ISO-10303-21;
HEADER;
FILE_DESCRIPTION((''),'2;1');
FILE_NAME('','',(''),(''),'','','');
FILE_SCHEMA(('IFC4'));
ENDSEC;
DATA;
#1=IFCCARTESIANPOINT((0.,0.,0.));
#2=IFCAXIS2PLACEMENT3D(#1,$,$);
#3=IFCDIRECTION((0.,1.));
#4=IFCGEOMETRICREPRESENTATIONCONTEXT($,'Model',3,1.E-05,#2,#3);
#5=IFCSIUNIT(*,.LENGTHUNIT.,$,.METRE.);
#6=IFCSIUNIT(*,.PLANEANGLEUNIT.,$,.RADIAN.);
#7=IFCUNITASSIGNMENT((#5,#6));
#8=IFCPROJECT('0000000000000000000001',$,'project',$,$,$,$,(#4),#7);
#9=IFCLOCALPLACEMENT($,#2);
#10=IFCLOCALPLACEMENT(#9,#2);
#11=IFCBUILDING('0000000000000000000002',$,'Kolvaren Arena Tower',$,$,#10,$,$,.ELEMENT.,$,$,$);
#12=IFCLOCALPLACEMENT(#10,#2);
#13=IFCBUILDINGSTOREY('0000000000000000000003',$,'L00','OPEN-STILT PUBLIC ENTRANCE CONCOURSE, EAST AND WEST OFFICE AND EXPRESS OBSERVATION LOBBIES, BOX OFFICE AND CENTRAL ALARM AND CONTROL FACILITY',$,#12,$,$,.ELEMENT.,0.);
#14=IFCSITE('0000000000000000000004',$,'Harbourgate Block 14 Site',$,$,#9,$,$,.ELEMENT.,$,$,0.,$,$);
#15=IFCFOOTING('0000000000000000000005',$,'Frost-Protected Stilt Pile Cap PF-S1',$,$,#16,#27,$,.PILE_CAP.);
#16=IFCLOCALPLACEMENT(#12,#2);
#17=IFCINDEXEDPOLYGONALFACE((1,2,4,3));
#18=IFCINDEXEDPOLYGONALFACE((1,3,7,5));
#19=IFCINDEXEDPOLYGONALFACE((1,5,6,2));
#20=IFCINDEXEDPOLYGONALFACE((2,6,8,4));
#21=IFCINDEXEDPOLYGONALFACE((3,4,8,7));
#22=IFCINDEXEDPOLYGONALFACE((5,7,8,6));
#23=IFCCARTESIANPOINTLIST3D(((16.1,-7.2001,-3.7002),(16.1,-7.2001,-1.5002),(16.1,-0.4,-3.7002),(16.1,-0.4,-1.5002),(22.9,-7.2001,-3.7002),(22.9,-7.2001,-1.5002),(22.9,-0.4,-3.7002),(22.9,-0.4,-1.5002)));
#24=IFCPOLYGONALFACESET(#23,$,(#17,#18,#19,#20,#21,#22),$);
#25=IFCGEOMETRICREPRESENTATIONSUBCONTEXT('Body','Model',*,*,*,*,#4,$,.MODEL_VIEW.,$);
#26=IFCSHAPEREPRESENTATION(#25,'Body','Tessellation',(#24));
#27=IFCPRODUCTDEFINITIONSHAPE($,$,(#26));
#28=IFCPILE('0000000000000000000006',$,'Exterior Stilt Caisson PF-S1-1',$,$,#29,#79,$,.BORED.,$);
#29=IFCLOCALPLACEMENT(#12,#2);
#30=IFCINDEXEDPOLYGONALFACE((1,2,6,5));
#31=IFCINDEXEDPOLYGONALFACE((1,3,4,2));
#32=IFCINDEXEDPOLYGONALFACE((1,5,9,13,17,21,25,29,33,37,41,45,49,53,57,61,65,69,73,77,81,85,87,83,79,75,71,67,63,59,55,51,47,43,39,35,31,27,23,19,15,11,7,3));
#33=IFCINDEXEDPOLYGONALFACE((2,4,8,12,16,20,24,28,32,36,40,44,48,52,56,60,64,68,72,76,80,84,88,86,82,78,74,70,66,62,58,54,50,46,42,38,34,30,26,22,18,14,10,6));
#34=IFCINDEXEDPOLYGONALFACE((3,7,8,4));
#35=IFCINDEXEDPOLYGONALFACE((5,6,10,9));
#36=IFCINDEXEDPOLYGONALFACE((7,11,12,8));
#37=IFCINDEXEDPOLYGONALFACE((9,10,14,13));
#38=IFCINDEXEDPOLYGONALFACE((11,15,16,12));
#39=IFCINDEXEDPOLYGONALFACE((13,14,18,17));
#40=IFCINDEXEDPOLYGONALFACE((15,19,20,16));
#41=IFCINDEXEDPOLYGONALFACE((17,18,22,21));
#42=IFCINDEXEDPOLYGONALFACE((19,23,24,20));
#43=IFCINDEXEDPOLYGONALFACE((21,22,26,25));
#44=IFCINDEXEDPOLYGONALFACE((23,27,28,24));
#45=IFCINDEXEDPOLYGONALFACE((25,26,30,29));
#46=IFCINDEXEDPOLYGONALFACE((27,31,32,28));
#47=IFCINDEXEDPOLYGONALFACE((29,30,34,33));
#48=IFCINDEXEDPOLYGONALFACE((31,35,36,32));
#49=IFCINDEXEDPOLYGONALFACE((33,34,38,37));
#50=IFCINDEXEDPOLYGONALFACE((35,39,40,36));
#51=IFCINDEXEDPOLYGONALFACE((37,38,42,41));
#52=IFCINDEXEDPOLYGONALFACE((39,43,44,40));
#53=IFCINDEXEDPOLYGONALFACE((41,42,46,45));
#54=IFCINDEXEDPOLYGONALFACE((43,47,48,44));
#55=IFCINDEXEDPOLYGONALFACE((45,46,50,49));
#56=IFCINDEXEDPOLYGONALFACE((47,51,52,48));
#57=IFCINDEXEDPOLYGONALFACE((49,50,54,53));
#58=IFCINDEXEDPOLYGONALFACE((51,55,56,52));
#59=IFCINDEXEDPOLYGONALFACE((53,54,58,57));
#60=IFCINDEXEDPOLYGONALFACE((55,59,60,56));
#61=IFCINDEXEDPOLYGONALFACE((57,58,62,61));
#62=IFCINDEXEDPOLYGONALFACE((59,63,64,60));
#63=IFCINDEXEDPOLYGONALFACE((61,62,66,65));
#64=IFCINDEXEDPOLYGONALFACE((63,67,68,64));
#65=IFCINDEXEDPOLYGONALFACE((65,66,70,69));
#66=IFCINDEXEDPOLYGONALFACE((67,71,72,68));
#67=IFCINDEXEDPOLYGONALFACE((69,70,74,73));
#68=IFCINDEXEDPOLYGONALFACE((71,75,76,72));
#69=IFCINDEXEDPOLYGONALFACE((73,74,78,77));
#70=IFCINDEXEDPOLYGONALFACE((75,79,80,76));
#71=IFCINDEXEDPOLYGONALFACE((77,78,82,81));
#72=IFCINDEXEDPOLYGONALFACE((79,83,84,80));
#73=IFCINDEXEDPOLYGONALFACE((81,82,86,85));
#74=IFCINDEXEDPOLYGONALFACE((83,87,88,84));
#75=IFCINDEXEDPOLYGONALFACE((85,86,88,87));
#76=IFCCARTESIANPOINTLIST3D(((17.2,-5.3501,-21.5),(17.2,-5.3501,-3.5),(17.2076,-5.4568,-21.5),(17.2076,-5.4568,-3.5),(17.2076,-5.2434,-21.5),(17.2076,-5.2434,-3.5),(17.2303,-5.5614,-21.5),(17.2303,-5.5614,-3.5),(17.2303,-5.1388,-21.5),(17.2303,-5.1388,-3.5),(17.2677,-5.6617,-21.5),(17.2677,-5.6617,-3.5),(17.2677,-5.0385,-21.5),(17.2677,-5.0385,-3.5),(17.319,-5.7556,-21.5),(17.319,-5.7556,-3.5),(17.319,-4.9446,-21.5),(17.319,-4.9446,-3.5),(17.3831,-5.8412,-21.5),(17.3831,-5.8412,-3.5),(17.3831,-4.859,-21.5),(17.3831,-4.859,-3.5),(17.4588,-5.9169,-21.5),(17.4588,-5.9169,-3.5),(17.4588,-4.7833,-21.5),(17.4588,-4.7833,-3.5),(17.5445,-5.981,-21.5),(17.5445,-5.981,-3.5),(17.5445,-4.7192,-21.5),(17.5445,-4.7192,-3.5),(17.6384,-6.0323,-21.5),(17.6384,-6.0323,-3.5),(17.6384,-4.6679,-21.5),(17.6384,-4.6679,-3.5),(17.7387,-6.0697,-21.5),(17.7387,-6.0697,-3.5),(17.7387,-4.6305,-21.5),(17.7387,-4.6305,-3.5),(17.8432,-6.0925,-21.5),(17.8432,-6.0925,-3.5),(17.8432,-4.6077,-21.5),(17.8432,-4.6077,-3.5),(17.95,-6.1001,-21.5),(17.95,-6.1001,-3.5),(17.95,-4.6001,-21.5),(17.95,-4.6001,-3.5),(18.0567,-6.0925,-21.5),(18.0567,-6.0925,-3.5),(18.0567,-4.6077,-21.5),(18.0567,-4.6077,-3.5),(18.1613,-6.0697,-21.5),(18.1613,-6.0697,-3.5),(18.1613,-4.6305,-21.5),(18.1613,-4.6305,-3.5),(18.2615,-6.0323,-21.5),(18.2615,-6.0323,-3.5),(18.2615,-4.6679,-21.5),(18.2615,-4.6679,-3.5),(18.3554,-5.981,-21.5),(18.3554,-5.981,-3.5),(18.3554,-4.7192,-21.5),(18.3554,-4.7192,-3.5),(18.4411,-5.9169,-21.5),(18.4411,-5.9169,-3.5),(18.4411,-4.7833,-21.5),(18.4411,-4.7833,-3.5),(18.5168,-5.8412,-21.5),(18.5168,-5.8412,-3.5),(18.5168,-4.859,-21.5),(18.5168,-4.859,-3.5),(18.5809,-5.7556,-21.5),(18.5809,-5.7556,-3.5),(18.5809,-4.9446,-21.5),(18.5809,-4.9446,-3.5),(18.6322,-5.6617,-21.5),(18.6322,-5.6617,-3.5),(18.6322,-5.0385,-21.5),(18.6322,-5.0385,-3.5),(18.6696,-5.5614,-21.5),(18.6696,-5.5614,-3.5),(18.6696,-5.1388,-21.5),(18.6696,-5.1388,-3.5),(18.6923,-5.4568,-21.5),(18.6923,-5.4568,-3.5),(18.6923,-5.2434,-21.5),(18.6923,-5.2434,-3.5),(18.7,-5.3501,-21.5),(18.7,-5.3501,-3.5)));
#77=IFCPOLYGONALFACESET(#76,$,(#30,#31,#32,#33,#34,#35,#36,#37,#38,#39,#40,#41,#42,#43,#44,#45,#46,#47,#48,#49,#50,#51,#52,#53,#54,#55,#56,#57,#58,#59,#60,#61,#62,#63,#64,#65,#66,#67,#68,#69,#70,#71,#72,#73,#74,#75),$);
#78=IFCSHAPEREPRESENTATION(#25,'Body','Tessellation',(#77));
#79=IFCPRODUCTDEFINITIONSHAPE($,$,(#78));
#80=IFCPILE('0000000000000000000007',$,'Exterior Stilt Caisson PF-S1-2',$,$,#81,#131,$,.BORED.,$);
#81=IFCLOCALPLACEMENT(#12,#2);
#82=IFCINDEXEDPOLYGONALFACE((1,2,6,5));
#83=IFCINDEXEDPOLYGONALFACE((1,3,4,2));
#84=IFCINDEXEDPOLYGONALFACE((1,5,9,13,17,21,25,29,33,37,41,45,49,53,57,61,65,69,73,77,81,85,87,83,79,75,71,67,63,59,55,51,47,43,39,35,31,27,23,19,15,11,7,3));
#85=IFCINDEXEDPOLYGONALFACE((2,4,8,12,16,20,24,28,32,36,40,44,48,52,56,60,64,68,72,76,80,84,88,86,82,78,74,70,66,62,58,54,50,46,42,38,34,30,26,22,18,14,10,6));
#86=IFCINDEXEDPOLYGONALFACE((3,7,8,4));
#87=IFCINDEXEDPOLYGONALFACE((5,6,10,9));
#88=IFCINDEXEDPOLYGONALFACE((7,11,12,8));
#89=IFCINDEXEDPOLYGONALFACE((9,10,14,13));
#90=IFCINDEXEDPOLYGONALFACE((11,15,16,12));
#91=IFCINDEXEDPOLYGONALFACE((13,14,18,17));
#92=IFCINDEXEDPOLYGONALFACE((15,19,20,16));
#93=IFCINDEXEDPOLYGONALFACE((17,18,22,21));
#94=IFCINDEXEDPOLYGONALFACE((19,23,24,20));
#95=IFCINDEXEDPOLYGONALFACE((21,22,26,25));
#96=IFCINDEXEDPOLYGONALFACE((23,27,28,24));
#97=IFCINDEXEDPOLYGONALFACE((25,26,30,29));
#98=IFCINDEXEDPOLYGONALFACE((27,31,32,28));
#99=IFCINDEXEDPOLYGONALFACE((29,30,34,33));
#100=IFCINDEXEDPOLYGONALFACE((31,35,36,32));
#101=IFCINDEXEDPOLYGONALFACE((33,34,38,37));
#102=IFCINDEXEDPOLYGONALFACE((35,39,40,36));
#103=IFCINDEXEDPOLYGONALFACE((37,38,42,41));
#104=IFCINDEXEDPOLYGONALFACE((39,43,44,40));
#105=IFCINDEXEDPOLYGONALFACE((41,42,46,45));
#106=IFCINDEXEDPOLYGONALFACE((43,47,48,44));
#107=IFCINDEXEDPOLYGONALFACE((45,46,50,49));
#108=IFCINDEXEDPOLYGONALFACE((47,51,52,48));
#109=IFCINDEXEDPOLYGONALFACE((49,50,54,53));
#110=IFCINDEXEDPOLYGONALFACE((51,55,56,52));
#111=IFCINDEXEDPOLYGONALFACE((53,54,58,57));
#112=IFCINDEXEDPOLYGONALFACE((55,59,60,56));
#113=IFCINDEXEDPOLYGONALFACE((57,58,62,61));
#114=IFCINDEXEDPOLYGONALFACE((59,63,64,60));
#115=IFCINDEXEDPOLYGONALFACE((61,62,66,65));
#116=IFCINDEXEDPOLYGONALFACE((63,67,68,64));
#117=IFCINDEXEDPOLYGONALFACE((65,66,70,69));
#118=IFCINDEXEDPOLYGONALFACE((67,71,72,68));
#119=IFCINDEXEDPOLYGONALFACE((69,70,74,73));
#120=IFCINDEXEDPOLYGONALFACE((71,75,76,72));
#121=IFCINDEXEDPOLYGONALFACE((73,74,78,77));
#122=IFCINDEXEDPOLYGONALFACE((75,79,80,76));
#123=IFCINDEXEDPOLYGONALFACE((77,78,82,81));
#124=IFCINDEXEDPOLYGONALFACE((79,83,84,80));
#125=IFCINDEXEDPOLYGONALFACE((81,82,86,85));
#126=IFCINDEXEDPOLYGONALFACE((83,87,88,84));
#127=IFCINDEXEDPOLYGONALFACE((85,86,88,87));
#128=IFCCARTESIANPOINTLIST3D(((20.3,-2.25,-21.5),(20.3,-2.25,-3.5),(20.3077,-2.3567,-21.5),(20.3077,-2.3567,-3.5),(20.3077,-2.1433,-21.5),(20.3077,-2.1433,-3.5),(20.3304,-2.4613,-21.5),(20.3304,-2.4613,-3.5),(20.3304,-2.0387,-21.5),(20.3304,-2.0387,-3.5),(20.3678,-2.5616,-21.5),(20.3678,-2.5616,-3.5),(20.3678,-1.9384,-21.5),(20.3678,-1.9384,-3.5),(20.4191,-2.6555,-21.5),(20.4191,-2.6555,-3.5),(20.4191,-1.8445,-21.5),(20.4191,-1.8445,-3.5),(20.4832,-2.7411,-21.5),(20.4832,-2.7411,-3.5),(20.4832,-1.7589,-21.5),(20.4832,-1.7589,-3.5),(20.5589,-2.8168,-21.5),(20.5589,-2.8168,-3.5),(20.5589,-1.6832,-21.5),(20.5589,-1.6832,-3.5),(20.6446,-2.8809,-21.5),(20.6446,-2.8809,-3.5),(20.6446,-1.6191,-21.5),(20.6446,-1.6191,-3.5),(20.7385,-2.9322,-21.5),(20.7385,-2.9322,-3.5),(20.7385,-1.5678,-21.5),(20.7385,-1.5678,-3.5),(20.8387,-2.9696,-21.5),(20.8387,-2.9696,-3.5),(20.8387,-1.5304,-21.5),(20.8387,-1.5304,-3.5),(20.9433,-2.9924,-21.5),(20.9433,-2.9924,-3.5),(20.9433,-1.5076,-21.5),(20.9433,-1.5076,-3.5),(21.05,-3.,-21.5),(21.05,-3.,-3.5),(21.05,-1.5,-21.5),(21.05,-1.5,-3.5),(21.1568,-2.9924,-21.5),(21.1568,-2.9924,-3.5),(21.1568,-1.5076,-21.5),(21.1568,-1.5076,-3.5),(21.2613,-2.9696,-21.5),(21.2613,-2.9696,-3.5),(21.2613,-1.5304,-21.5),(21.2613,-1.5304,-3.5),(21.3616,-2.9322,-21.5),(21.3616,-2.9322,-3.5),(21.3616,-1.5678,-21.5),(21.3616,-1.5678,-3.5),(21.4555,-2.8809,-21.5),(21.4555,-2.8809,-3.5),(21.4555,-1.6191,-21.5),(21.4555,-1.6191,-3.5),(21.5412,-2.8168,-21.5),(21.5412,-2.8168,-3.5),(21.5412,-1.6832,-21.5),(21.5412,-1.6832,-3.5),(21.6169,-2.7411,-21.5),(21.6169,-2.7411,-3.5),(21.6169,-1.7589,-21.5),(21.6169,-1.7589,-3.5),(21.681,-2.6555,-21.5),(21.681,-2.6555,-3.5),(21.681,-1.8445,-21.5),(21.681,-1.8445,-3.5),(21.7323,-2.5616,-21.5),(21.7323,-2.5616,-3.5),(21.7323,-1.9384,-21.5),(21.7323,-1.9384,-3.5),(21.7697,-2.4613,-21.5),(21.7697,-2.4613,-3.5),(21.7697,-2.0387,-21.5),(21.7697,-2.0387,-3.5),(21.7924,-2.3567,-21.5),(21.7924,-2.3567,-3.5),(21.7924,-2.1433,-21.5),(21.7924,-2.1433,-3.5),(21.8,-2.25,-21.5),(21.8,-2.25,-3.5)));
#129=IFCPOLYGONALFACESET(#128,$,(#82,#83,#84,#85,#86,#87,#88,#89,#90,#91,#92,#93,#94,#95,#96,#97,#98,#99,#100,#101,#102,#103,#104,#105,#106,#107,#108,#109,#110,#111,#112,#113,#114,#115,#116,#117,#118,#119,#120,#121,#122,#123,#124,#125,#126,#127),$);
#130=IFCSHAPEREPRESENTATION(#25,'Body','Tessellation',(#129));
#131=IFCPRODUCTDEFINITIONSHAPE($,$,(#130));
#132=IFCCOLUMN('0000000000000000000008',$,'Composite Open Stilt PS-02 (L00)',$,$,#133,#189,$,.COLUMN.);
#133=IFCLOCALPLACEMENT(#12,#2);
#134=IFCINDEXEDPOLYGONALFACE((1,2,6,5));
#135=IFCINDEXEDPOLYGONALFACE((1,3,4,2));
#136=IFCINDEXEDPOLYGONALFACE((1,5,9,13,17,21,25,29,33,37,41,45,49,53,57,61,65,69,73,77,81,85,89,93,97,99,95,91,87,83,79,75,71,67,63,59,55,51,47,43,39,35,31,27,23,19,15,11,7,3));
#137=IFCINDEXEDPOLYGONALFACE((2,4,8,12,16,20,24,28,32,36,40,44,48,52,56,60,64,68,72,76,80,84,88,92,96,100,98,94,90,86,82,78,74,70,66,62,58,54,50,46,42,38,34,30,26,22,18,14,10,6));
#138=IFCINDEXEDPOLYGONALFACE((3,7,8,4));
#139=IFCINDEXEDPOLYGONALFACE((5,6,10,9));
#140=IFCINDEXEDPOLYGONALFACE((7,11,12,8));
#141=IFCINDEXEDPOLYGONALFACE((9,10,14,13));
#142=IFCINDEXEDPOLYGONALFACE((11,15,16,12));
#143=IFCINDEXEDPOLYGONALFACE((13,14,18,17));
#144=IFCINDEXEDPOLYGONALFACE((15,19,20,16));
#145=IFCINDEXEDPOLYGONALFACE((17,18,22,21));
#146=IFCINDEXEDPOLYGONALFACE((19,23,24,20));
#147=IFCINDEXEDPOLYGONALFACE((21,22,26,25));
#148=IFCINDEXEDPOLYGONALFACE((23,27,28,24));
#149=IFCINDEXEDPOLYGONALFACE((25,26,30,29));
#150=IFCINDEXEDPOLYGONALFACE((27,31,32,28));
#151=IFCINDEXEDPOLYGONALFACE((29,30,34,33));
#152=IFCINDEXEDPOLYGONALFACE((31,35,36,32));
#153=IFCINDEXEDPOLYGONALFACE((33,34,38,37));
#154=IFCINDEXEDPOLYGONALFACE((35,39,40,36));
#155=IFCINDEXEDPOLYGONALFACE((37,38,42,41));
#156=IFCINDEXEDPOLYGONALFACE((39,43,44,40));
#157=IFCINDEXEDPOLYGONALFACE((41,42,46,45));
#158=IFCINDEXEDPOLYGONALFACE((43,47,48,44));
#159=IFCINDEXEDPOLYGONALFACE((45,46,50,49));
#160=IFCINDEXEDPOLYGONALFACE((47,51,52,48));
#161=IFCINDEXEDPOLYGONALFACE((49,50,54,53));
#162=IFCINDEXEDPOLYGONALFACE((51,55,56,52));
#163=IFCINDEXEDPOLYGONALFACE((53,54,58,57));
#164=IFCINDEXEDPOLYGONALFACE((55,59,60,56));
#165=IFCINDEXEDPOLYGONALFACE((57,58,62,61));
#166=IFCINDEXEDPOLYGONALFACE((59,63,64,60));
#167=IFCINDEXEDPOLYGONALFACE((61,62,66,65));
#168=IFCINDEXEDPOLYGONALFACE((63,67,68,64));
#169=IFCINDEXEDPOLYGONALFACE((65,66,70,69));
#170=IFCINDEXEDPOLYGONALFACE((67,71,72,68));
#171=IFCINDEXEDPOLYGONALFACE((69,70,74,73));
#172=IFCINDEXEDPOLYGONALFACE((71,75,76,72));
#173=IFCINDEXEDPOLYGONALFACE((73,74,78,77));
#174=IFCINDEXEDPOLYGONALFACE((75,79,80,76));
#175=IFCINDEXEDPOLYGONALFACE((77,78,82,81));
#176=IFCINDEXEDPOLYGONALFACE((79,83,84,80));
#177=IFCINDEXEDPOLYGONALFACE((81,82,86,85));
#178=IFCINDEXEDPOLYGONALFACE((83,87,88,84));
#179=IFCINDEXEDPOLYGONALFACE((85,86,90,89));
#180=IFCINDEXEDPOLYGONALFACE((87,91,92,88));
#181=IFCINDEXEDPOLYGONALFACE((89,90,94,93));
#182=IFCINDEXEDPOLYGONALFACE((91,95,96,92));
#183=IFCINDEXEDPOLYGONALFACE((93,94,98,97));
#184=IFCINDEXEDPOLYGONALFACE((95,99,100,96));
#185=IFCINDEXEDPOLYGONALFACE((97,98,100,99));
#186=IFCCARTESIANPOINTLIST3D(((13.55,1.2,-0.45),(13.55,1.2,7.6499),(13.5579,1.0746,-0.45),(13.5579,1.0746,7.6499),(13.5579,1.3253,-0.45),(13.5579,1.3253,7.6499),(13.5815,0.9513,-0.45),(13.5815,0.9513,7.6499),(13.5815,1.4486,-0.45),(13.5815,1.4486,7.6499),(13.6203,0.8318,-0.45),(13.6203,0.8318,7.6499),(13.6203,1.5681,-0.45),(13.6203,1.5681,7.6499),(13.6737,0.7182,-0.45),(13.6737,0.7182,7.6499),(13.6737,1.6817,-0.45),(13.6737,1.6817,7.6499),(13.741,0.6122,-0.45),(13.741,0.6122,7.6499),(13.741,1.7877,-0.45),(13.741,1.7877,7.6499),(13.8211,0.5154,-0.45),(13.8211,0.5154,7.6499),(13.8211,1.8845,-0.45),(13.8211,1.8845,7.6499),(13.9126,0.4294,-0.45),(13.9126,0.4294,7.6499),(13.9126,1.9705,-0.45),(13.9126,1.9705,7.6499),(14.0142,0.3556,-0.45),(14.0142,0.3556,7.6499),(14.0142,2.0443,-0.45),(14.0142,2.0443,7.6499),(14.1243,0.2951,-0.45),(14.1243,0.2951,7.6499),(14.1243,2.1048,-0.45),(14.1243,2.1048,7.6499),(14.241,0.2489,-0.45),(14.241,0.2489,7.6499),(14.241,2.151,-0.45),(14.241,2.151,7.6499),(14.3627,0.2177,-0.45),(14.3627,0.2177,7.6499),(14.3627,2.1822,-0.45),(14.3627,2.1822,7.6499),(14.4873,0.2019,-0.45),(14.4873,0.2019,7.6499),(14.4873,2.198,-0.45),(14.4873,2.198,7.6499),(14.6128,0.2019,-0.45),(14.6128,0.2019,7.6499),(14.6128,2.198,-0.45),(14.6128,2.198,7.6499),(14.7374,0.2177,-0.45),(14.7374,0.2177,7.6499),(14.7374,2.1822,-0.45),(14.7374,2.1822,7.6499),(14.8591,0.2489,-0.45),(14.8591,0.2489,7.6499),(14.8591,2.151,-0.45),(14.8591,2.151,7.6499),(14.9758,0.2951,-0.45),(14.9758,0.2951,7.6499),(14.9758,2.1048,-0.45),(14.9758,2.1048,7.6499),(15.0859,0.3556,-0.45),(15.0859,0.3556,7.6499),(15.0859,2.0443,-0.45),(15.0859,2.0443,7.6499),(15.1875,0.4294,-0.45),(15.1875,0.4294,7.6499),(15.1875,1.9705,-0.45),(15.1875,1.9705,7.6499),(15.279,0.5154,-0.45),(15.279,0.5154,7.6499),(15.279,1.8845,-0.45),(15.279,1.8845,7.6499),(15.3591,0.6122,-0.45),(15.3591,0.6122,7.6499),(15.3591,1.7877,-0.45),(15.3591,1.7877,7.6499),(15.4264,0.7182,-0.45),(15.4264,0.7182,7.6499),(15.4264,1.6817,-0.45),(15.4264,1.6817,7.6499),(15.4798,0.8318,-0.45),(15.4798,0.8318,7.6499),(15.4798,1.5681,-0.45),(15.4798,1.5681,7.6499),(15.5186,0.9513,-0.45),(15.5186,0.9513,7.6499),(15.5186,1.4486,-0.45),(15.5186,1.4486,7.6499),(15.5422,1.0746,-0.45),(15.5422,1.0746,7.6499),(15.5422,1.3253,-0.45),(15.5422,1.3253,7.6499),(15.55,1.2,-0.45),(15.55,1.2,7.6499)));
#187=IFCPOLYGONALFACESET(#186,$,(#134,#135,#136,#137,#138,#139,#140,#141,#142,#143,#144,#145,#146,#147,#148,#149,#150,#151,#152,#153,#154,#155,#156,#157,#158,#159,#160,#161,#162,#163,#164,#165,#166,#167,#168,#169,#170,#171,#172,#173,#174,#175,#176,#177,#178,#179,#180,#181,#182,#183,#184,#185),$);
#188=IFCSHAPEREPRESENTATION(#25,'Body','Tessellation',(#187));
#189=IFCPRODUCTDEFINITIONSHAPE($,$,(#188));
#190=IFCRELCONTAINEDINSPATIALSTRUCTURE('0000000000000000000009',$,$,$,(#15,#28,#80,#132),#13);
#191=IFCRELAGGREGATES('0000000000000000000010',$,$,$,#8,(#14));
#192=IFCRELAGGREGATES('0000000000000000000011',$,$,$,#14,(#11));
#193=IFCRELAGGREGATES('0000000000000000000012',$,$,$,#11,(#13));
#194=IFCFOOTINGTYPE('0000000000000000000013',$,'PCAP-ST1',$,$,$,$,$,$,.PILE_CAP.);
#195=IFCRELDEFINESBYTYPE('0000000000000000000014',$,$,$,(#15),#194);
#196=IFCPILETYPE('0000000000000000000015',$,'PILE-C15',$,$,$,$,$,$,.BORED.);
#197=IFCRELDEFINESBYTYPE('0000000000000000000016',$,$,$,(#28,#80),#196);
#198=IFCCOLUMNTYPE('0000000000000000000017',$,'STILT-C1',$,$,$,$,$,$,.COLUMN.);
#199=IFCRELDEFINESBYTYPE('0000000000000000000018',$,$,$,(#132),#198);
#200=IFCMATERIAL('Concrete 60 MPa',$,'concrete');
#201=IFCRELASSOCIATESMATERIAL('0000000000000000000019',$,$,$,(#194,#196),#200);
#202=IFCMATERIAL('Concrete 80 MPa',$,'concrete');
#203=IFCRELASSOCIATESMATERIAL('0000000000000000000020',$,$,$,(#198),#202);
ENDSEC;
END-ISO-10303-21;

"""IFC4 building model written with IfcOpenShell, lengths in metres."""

from ifc_helpers import new_model, si_unit, direction, frame, origin, origin_2d, place, context, subcontext, project, spatial, rectangle, circle, extrude, material, material_profile, profile_set, type_object, element, save


model = new_model("IFC4")

# Units and contexts
model_context = context("Model", 3, precision=1e-05, world=origin(), true_north=direction((0.0, 1.0)))
body_context = subcontext(model_context, "Body", "Model", "MODEL_VIEW")
ifc_project = project(units=[si_unit("LENGTHUNIT", "METRE"), si_unit("PLANEANGLEUNIT", "RADIAN")], contexts=[model_context])

# Site, building, storey
site_placement = place(None, origin())
site = spatial("IfcSite", under=ifc_project, at=site_placement, Name="Harbourgate Block 14 Site", CompositionType="ELEMENT", RefElevation=0.0)
building_placement = place(site_placement, origin())
building = spatial("IfcBuilding", under=site, at=building_placement, Name="Kolvaren Arena Tower", CompositionType="ELEMENT")
storey_placement = place(building_placement, origin())
storey = spatial("IfcBuildingStorey", under=building, at=storey_placement, Name="L00", Description="OPEN-STILT PUBLIC ENTRANCE CONCOURSE, EAST AND WEST OFFICE AND EXPRESS OBSERVATION LOBBIES, BOX OFFICE AND CENTRAL ALARM AND CONTROL FACILITY", CompositionType="ELEMENT", Elevation=0.0)

# Footing
ifc_material_1 = material(Name="Concrete 60 MPa", Category="concrete")
footing_type = type_object("IfcFootingType", Name="PCAP-ST1", PredefinedType="PILE_CAP", material=ifc_material_1)
footing_placement = place(storey_placement, frame((19.5, -3.8, -3.7002), z_axis=(0.0, 0.0, 1.0), x_axis=(1.0, 0.0, 0.0)))
element("IfcFooting", 1, at=footing_placement, inside=storey, type_object=footing_type, Name="Frost-Protected Stilt Pile Cap PF-S1", PredefinedType="PILE_CAP", context=body_context, shape_type="SweptSolid", body=[
    extrude(rectangle(XDim=6.8, YDim=6.8, at=origin_2d()), origin(), (0.0, 0.0, 1.0), 2.2),
])

# Piles
ifc_material_profile_1 = material_profile(ifc_material_1, circle(Radius=0.75, at=origin_2d()), Name="CAISSON-D1500")
ifc_profile_set_1 = profile_set([ifc_material_profile_1], Name="Concrete 60 MPa")
pile_type = type_object("IfcPileType", Name="PILE-C15", PredefinedType="BORED", material=ifc_profile_set_1)
for number, where, z_axis, x_axis, name in (
    (2, (17.95, -5.3501, -3.5), (0.0, 0.0, -1.0), (1.0, 0.0, 0.0), "Exterior Stilt Caisson PF-S1-1"),
    (3, (21.05, -2.25, -3.5), (0.0, 0.0, -1.0), (1.0, 0.0, 0.0), "Exterior Stilt Caisson PF-S1-2"),
):
    element("IfcPile", number, at=place(storey_placement, frame(where, z_axis=z_axis, x_axis=x_axis)), inside=storey, type_object=pile_type, Name=name, PredefinedType="BORED", context=body_context, shape_type="SweptSolid", body=[
        extrude(circle(Radius=0.75, at=origin_2d()), origin(), (0.0, 0.0, 1.0), 18.0),
    ])

# Column
ifc_material_2 = material(Name="Concrete 80 MPa", Category="concrete")
ifc_material_profile_2 = material_profile(ifc_material_2, circle(Radius=1.0, at=origin_2d()), Name="RC-CIRC-2000")
ifc_profile_set_2 = profile_set([ifc_material_profile_2], Name="Concrete 80 MPa")
column_type_1 = type_object("IfcColumnType", Name="STILT-C1", PredefinedType="COLUMN", material=ifc_profile_set_2)
for number, where, z_axis, x_axis, name in (
    (4, (14.55, 1.2, -0.45), (0.0, 0.0, 1.0), (1.0, 0.0, 0.0), "Composite Open Stilt PS-02 (L00)"),
):
    element("IfcColumn", number, at=place(storey_placement, frame(where, z_axis=z_axis, x_axis=x_axis)), inside=storey, type_object=column_type_1, Name=name, PredefinedType="COLUMN", context=body_context, shape_type="SweptSolid", body=[
        extrude(circle(Radius=1.0, at=origin_2d()), origin(), (0.0, 0.0, 1.0), 8.0999),
    ])

save(model, "model.ifc")
